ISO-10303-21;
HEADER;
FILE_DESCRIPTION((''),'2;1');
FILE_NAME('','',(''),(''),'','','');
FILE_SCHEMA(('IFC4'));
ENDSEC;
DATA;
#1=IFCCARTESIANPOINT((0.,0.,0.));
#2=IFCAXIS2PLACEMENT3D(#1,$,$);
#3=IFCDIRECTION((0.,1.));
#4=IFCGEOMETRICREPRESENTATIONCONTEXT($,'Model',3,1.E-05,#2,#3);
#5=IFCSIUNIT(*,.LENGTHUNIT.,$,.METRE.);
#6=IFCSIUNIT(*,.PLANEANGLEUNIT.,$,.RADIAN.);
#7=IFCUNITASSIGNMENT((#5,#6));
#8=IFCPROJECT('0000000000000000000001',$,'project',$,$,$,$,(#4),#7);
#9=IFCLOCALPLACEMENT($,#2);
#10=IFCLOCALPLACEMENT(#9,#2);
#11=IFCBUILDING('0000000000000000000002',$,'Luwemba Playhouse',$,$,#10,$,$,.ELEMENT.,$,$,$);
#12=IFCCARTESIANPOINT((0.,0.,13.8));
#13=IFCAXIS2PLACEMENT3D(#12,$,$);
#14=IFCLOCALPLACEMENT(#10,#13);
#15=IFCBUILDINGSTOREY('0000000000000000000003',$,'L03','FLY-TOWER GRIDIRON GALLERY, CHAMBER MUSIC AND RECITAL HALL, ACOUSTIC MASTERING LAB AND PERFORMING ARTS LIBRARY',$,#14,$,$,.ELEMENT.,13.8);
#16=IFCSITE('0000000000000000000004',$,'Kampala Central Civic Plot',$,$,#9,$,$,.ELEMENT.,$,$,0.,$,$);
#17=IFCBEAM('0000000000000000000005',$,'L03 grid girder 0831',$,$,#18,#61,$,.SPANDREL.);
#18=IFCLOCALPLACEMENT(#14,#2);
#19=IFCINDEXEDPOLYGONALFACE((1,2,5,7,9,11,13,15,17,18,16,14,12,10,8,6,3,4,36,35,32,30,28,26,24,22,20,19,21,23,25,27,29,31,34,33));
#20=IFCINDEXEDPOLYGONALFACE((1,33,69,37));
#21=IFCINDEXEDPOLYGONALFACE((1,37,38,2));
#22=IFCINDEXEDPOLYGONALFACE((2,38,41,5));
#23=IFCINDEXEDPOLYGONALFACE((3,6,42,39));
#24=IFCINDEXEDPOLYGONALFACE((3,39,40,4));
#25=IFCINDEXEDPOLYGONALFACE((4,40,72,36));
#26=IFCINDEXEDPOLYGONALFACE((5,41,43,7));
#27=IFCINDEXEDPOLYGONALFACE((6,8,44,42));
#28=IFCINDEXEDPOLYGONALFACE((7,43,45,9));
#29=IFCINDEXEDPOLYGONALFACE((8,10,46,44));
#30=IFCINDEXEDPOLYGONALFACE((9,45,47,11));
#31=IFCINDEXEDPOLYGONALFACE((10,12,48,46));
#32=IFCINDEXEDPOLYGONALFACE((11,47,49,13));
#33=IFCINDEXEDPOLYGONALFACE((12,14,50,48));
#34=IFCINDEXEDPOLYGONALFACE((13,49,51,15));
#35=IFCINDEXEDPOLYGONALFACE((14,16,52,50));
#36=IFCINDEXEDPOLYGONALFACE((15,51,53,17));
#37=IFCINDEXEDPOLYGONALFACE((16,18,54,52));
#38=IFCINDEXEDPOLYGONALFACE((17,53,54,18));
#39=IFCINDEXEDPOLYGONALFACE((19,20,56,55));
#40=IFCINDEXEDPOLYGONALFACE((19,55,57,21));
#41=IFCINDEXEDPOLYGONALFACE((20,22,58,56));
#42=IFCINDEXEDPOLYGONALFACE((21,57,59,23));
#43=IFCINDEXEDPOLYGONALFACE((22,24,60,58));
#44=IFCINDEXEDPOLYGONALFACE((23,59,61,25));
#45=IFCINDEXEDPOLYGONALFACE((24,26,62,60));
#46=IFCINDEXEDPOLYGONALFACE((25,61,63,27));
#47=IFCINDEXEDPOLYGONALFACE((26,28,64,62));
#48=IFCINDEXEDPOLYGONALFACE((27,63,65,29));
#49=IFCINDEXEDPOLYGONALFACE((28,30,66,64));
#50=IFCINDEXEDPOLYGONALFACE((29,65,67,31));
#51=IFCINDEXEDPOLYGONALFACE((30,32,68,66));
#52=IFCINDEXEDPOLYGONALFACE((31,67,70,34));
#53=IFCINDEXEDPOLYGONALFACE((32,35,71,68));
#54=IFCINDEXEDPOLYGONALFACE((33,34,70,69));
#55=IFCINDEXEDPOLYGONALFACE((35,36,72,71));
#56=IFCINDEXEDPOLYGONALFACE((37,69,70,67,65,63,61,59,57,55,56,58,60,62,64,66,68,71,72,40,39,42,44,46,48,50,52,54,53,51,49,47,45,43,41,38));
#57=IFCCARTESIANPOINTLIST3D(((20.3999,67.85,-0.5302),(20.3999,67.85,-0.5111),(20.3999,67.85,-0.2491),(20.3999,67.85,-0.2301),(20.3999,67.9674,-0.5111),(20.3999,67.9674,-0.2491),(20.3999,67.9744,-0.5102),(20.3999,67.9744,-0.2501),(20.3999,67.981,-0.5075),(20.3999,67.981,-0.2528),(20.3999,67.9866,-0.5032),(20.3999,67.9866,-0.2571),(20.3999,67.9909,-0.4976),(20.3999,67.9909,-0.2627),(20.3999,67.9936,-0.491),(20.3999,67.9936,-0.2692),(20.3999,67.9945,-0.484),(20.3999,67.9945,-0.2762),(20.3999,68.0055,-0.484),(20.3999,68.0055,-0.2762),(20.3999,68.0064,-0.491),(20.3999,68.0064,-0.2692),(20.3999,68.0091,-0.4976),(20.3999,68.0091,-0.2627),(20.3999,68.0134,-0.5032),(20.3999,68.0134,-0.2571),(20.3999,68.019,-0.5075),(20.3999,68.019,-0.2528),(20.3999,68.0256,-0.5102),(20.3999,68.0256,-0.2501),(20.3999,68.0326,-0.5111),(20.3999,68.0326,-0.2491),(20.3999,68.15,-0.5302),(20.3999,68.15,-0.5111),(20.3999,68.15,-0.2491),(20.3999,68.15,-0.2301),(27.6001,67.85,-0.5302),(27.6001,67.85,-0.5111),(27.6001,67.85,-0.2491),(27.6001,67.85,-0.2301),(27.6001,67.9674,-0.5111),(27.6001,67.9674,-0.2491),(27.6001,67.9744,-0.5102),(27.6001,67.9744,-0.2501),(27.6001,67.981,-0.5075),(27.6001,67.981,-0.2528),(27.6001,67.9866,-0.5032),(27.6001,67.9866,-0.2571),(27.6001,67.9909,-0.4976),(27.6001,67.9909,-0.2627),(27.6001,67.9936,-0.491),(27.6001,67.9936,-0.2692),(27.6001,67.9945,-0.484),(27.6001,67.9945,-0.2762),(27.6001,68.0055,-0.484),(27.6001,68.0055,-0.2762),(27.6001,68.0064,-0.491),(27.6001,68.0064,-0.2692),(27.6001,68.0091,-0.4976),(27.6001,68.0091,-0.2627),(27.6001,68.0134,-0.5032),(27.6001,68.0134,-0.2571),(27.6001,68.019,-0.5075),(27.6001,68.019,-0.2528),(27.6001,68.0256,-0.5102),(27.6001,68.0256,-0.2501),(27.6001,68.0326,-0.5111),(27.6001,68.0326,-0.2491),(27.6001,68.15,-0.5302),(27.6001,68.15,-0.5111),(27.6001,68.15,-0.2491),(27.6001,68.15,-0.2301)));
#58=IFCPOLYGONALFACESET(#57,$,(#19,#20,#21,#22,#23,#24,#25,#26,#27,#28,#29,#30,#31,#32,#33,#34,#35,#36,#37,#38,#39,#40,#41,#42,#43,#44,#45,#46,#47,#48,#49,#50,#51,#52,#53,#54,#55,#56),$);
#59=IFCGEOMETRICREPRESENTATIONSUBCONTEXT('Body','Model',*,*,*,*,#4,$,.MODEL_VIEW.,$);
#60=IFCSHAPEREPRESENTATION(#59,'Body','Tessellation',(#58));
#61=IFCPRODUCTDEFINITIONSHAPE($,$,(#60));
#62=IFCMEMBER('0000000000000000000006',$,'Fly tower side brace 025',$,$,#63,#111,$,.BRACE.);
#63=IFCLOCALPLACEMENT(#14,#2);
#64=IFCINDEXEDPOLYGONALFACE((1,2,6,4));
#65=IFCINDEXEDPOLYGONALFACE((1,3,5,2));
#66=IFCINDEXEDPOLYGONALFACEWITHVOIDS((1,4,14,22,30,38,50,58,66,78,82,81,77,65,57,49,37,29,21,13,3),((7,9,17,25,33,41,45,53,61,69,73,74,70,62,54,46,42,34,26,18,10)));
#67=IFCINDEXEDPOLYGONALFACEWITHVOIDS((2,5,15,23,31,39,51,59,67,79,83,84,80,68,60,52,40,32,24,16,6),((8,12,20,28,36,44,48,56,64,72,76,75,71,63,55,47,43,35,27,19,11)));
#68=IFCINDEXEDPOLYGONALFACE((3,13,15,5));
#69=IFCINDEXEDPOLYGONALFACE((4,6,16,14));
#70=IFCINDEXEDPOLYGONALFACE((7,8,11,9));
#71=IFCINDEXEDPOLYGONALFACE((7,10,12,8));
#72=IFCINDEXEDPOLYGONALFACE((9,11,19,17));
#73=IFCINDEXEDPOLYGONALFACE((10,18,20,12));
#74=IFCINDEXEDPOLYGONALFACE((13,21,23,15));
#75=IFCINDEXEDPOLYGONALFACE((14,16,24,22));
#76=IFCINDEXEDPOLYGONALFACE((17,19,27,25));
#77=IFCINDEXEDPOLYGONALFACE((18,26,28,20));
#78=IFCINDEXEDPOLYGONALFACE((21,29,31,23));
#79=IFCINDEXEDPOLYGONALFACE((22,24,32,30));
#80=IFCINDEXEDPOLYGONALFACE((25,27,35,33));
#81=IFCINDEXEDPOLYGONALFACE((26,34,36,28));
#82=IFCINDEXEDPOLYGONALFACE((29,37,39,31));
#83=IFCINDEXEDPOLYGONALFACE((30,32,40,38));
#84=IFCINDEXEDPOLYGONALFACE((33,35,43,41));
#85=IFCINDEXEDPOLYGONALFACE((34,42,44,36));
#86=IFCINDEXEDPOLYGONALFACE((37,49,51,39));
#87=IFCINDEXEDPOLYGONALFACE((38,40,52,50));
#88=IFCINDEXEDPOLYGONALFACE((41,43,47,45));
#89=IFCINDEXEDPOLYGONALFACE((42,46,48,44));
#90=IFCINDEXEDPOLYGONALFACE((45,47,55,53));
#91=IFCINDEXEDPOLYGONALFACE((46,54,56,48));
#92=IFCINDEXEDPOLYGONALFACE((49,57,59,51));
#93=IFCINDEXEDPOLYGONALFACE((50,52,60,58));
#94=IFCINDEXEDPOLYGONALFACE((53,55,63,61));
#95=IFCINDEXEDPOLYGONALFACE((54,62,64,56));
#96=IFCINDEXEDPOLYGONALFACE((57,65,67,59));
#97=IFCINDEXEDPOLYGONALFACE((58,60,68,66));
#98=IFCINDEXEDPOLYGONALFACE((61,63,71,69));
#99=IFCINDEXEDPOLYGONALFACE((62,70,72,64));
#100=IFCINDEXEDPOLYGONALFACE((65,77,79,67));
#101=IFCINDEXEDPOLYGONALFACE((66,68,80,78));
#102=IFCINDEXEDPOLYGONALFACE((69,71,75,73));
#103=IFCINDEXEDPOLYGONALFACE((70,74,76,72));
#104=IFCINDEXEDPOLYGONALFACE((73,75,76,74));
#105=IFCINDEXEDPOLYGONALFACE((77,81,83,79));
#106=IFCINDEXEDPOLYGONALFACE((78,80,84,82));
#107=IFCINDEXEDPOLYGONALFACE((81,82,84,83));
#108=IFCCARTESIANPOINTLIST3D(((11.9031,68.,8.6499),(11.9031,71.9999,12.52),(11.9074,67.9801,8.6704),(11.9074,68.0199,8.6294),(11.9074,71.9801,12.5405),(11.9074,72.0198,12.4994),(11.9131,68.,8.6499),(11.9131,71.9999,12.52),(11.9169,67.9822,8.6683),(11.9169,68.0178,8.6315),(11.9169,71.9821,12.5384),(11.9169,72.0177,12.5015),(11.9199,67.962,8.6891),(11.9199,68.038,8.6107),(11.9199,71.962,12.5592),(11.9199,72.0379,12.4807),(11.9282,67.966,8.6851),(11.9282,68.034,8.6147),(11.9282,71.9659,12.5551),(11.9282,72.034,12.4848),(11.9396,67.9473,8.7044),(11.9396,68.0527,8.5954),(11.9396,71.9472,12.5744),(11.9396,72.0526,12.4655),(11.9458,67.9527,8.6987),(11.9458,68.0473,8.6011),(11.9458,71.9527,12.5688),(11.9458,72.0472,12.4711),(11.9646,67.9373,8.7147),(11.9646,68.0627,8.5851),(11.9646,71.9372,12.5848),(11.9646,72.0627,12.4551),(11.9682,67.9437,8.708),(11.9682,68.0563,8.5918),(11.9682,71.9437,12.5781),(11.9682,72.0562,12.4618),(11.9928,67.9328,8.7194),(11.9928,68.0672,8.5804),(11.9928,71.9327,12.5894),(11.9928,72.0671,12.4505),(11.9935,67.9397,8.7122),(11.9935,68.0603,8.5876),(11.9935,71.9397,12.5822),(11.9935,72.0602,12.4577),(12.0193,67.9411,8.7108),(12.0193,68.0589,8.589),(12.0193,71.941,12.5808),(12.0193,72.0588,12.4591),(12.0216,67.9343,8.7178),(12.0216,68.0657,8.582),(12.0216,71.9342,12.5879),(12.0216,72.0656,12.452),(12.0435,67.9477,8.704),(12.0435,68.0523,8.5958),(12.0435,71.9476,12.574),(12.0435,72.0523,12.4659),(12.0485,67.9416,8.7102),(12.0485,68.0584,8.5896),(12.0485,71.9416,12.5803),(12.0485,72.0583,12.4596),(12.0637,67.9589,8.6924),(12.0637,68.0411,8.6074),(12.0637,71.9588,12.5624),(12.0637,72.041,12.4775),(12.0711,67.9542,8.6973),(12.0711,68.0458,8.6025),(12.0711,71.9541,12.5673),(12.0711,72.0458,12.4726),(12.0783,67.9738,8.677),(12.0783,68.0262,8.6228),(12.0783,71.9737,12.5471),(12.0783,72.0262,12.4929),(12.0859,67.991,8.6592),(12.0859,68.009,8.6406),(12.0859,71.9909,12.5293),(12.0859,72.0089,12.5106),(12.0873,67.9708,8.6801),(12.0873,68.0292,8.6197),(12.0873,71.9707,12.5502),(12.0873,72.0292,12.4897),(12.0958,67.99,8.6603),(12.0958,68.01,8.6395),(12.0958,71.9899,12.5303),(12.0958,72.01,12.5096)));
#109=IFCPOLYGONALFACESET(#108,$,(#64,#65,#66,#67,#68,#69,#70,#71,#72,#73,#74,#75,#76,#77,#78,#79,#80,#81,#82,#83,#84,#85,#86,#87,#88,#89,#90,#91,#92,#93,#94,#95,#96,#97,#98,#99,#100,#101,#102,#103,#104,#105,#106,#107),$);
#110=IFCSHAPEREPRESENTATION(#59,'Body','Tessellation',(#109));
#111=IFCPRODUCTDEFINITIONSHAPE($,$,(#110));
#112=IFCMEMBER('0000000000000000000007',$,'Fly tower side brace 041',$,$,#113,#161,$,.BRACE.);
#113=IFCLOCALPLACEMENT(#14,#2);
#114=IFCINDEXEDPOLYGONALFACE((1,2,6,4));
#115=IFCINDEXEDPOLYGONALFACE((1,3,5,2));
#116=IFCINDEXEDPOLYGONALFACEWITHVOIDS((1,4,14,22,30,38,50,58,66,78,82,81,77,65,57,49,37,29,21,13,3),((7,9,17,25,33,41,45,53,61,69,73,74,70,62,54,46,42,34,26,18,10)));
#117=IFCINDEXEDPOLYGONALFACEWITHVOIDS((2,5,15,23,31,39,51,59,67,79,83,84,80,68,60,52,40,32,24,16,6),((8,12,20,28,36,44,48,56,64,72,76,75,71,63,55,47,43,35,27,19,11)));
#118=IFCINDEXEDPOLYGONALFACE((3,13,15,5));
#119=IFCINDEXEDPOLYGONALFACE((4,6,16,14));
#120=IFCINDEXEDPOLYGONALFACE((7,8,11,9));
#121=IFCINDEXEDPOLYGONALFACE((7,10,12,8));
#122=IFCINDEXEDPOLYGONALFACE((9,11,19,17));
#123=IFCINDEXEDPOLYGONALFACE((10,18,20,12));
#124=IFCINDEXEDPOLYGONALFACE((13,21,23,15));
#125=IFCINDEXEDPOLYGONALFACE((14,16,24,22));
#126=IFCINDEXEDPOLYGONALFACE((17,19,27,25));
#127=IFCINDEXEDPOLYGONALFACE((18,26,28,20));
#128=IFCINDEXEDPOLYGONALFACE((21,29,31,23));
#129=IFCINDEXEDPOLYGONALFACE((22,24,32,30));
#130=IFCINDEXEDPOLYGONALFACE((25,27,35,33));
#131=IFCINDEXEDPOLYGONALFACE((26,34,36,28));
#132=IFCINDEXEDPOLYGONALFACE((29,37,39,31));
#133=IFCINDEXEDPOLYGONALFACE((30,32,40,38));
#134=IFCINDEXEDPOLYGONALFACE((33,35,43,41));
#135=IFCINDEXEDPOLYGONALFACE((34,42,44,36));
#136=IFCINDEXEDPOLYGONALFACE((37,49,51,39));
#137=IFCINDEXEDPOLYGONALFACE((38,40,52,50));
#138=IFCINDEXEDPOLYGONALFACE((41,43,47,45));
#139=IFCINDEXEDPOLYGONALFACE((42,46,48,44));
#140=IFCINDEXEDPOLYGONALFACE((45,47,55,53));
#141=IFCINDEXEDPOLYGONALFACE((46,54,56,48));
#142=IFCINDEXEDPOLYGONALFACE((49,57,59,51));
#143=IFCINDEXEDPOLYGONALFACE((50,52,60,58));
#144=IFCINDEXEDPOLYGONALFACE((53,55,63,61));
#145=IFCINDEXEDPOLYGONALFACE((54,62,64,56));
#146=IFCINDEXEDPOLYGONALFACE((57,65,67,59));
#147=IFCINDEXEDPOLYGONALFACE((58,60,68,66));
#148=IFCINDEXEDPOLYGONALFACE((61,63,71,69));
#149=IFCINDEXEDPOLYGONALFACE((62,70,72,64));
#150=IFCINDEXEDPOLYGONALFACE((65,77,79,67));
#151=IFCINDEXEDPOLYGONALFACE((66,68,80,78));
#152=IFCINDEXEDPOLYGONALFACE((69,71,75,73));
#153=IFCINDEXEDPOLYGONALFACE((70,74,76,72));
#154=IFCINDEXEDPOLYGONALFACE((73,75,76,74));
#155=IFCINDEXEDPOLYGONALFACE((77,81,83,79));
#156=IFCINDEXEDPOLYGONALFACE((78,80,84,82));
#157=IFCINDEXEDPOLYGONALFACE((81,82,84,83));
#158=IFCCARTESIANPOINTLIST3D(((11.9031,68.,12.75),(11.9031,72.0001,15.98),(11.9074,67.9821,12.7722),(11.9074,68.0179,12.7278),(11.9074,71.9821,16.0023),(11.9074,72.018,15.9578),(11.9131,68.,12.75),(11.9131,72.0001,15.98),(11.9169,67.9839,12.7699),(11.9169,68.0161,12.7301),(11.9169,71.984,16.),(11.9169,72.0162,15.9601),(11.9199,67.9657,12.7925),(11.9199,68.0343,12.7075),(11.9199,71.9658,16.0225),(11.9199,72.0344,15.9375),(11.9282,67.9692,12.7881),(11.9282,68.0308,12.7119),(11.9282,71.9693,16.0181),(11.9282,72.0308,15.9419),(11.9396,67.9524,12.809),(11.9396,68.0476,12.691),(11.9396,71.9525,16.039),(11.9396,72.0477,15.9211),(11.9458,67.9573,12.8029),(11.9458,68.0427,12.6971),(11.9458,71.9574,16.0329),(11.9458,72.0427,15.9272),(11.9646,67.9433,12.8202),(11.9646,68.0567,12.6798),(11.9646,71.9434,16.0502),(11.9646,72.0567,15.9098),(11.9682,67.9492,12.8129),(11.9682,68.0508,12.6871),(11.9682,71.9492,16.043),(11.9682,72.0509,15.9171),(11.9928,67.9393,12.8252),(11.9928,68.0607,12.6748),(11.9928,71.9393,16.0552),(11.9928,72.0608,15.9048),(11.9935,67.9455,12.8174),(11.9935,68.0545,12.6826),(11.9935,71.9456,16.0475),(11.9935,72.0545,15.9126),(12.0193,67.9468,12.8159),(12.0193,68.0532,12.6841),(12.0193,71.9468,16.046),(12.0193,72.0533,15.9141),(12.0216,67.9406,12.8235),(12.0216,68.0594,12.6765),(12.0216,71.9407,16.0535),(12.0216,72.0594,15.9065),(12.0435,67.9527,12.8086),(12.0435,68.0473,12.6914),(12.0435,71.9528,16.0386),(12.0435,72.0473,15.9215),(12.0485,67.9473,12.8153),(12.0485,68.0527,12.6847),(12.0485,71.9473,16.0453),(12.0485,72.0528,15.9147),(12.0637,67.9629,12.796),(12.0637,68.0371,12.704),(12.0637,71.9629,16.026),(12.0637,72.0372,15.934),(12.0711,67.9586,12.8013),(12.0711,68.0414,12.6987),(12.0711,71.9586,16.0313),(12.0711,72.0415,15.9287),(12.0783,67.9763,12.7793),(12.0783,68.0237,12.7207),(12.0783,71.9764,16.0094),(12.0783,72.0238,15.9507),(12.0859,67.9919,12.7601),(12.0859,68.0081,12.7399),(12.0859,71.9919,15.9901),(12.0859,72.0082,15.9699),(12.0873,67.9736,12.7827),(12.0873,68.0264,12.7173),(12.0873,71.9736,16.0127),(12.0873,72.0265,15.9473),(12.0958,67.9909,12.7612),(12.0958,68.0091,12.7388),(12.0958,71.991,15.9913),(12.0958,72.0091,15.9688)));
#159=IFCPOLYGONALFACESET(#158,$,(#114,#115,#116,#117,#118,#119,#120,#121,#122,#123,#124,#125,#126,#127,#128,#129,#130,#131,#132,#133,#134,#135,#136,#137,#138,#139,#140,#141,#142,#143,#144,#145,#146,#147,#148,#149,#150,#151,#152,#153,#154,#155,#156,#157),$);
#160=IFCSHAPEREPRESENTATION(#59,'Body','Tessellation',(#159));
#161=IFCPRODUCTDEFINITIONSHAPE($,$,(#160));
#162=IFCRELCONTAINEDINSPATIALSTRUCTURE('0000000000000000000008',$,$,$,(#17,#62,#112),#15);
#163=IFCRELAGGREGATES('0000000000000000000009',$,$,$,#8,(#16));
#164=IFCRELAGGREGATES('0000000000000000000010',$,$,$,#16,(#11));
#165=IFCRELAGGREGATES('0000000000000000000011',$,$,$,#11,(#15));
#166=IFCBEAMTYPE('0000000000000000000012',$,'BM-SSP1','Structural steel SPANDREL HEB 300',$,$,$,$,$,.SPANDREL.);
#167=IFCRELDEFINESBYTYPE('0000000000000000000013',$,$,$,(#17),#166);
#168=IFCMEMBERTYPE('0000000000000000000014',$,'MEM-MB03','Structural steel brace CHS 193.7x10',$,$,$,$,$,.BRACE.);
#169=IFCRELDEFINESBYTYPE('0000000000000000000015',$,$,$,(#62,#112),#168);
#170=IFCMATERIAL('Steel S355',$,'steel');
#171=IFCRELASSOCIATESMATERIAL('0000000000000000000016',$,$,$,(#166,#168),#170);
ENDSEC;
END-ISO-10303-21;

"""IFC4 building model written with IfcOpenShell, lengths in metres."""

from ifc_helpers import new_model, si_unit, direction, frame, origin, origin_2d, place, context, subcontext, project, spatial, hollow_circle, i_section, extrude, material, material_profile, profile_set, type_object, element, save


model = new_model("IFC4")

# Units and contexts
model_context = context("Model", 3, precision=1e-05, world=origin(), true_north=direction((0.0, 1.0)))
body_context = subcontext(model_context, "Body", "Model", "MODEL_VIEW")
ifc_project = project(units=[si_unit("LENGTHUNIT", "METRE"), si_unit("PLANEANGLEUNIT", "RADIAN")], contexts=[model_context])

# Site, building, storey
site_placement = place(None, origin())
site = spatial("IfcSite", under=ifc_project, at=site_placement, Name="Kampala Central Civic Plot", CompositionType="ELEMENT", RefElevation=0.0)
building_placement = place(site_placement, origin())
building = spatial("IfcBuilding", under=site, at=building_placement, Name="Luwemba Playhouse", CompositionType="ELEMENT")
storey_placement = place(building_placement, frame((0.0, 0.0, 13.8)))
storey = spatial("IfcBuildingStorey", under=building, at=storey_placement, Name="L03", Description="FLY-TOWER GRIDIRON GALLERY, CHAMBER MUSIC AND RECITAL HALL, ACOUSTIC MASTERING LAB AND PERFORMING ARTS LIBRARY", CompositionType="ELEMENT", Elevation=13.8)

# Shared definitions
ifc_material_1 = material(Name="Steel S355", Category="steel")

# Beam
ifc_material_profile_1 = material_profile(ifc_material_1, i_section(OverallWidth=0.3, OverallDepth=0.3, WebThickness=0.011, FlangeThickness=0.019, FilletRadius=0.0271, at=origin_2d()))
ifc_profile_set_1 = profile_set([ifc_material_profile_1], Name="Steel S355")
beam_type_1 = type_object("IfcBeamType", Name="BM-SSP1", Description="Structural steel SPANDREL HEB 300", PredefinedType="SPANDREL", material=ifc_profile_set_1)
beam_1_placement = place(storey_placement, frame((20.3999, 68.0, -0.3801), z_axis=(1.0, 0.0, 0.0), x_axis=(0.0, 1.0, 0.0)))
element("IfcBeam", 1, at=beam_1_placement, inside=storey, type_object=beam_type_1, Name="L03 grid girder 0831", PredefinedType="SPANDREL", context=body_context, shape_type="SweptSolid", body=[
    extrude(i_section(OverallWidth=0.3, OverallDepth=0.3, WebThickness=0.011, FlangeThickness=0.019, FilletRadius=0.0271, at=origin_2d()), origin(), (0.0, 0.0, 1.0), 7.2002),
])

# Members
ifc_material_profile_2 = material_profile(ifc_material_1, hollow_circle(Radius=0.0969, WallThickness=0.01, at=origin_2d()))
ifc_profile_set_2 = profile_set([ifc_material_profile_2], Name="Steel S355")
member_type_1 = type_object("IfcMemberType", Name="MEM-MB03", Description="Structural steel brace CHS 193.7x10", PredefinedType="BRACE", material=ifc_profile_set_2)
member_1_placement = place(storey_placement, frame((12.0, 68.0, 8.6499), z_axis=(0.0, 0.718679, 0.695343), x_axis=(-1.0, 0.0, 0.0)))
element("IfcMember", 2, at=member_1_placement, inside=storey, type_object=member_type_1, Name="Fly tower side brace 025", PredefinedType="BRACE", context=body_context, shape_type="SweptSolid", body=[
    extrude(hollow_circle(Radius=0.0969, WallThickness=0.01, at=origin_2d()), origin(), (0.0, 0.0, 1.0), 5.5657),
])
member_2_placement = place(storey_placement, frame((12.0, 68.0, 12.75), z_axis=(0.0, 0.778016, 0.628244), x_axis=(-1.0, 0.0, 0.0)))
element("IfcMember", 3, at=member_2_placement, inside=storey, type_object=member_type_1, Name="Fly tower side brace 041", PredefinedType="BRACE", context=body_context, shape_type="SweptSolid", body=[
    extrude(hollow_circle(Radius=0.0969, WallThickness=0.01, at=origin_2d()), origin(), (0.0, 0.0, 1.0), 5.1414),
])

save(model, "model.ifc")
